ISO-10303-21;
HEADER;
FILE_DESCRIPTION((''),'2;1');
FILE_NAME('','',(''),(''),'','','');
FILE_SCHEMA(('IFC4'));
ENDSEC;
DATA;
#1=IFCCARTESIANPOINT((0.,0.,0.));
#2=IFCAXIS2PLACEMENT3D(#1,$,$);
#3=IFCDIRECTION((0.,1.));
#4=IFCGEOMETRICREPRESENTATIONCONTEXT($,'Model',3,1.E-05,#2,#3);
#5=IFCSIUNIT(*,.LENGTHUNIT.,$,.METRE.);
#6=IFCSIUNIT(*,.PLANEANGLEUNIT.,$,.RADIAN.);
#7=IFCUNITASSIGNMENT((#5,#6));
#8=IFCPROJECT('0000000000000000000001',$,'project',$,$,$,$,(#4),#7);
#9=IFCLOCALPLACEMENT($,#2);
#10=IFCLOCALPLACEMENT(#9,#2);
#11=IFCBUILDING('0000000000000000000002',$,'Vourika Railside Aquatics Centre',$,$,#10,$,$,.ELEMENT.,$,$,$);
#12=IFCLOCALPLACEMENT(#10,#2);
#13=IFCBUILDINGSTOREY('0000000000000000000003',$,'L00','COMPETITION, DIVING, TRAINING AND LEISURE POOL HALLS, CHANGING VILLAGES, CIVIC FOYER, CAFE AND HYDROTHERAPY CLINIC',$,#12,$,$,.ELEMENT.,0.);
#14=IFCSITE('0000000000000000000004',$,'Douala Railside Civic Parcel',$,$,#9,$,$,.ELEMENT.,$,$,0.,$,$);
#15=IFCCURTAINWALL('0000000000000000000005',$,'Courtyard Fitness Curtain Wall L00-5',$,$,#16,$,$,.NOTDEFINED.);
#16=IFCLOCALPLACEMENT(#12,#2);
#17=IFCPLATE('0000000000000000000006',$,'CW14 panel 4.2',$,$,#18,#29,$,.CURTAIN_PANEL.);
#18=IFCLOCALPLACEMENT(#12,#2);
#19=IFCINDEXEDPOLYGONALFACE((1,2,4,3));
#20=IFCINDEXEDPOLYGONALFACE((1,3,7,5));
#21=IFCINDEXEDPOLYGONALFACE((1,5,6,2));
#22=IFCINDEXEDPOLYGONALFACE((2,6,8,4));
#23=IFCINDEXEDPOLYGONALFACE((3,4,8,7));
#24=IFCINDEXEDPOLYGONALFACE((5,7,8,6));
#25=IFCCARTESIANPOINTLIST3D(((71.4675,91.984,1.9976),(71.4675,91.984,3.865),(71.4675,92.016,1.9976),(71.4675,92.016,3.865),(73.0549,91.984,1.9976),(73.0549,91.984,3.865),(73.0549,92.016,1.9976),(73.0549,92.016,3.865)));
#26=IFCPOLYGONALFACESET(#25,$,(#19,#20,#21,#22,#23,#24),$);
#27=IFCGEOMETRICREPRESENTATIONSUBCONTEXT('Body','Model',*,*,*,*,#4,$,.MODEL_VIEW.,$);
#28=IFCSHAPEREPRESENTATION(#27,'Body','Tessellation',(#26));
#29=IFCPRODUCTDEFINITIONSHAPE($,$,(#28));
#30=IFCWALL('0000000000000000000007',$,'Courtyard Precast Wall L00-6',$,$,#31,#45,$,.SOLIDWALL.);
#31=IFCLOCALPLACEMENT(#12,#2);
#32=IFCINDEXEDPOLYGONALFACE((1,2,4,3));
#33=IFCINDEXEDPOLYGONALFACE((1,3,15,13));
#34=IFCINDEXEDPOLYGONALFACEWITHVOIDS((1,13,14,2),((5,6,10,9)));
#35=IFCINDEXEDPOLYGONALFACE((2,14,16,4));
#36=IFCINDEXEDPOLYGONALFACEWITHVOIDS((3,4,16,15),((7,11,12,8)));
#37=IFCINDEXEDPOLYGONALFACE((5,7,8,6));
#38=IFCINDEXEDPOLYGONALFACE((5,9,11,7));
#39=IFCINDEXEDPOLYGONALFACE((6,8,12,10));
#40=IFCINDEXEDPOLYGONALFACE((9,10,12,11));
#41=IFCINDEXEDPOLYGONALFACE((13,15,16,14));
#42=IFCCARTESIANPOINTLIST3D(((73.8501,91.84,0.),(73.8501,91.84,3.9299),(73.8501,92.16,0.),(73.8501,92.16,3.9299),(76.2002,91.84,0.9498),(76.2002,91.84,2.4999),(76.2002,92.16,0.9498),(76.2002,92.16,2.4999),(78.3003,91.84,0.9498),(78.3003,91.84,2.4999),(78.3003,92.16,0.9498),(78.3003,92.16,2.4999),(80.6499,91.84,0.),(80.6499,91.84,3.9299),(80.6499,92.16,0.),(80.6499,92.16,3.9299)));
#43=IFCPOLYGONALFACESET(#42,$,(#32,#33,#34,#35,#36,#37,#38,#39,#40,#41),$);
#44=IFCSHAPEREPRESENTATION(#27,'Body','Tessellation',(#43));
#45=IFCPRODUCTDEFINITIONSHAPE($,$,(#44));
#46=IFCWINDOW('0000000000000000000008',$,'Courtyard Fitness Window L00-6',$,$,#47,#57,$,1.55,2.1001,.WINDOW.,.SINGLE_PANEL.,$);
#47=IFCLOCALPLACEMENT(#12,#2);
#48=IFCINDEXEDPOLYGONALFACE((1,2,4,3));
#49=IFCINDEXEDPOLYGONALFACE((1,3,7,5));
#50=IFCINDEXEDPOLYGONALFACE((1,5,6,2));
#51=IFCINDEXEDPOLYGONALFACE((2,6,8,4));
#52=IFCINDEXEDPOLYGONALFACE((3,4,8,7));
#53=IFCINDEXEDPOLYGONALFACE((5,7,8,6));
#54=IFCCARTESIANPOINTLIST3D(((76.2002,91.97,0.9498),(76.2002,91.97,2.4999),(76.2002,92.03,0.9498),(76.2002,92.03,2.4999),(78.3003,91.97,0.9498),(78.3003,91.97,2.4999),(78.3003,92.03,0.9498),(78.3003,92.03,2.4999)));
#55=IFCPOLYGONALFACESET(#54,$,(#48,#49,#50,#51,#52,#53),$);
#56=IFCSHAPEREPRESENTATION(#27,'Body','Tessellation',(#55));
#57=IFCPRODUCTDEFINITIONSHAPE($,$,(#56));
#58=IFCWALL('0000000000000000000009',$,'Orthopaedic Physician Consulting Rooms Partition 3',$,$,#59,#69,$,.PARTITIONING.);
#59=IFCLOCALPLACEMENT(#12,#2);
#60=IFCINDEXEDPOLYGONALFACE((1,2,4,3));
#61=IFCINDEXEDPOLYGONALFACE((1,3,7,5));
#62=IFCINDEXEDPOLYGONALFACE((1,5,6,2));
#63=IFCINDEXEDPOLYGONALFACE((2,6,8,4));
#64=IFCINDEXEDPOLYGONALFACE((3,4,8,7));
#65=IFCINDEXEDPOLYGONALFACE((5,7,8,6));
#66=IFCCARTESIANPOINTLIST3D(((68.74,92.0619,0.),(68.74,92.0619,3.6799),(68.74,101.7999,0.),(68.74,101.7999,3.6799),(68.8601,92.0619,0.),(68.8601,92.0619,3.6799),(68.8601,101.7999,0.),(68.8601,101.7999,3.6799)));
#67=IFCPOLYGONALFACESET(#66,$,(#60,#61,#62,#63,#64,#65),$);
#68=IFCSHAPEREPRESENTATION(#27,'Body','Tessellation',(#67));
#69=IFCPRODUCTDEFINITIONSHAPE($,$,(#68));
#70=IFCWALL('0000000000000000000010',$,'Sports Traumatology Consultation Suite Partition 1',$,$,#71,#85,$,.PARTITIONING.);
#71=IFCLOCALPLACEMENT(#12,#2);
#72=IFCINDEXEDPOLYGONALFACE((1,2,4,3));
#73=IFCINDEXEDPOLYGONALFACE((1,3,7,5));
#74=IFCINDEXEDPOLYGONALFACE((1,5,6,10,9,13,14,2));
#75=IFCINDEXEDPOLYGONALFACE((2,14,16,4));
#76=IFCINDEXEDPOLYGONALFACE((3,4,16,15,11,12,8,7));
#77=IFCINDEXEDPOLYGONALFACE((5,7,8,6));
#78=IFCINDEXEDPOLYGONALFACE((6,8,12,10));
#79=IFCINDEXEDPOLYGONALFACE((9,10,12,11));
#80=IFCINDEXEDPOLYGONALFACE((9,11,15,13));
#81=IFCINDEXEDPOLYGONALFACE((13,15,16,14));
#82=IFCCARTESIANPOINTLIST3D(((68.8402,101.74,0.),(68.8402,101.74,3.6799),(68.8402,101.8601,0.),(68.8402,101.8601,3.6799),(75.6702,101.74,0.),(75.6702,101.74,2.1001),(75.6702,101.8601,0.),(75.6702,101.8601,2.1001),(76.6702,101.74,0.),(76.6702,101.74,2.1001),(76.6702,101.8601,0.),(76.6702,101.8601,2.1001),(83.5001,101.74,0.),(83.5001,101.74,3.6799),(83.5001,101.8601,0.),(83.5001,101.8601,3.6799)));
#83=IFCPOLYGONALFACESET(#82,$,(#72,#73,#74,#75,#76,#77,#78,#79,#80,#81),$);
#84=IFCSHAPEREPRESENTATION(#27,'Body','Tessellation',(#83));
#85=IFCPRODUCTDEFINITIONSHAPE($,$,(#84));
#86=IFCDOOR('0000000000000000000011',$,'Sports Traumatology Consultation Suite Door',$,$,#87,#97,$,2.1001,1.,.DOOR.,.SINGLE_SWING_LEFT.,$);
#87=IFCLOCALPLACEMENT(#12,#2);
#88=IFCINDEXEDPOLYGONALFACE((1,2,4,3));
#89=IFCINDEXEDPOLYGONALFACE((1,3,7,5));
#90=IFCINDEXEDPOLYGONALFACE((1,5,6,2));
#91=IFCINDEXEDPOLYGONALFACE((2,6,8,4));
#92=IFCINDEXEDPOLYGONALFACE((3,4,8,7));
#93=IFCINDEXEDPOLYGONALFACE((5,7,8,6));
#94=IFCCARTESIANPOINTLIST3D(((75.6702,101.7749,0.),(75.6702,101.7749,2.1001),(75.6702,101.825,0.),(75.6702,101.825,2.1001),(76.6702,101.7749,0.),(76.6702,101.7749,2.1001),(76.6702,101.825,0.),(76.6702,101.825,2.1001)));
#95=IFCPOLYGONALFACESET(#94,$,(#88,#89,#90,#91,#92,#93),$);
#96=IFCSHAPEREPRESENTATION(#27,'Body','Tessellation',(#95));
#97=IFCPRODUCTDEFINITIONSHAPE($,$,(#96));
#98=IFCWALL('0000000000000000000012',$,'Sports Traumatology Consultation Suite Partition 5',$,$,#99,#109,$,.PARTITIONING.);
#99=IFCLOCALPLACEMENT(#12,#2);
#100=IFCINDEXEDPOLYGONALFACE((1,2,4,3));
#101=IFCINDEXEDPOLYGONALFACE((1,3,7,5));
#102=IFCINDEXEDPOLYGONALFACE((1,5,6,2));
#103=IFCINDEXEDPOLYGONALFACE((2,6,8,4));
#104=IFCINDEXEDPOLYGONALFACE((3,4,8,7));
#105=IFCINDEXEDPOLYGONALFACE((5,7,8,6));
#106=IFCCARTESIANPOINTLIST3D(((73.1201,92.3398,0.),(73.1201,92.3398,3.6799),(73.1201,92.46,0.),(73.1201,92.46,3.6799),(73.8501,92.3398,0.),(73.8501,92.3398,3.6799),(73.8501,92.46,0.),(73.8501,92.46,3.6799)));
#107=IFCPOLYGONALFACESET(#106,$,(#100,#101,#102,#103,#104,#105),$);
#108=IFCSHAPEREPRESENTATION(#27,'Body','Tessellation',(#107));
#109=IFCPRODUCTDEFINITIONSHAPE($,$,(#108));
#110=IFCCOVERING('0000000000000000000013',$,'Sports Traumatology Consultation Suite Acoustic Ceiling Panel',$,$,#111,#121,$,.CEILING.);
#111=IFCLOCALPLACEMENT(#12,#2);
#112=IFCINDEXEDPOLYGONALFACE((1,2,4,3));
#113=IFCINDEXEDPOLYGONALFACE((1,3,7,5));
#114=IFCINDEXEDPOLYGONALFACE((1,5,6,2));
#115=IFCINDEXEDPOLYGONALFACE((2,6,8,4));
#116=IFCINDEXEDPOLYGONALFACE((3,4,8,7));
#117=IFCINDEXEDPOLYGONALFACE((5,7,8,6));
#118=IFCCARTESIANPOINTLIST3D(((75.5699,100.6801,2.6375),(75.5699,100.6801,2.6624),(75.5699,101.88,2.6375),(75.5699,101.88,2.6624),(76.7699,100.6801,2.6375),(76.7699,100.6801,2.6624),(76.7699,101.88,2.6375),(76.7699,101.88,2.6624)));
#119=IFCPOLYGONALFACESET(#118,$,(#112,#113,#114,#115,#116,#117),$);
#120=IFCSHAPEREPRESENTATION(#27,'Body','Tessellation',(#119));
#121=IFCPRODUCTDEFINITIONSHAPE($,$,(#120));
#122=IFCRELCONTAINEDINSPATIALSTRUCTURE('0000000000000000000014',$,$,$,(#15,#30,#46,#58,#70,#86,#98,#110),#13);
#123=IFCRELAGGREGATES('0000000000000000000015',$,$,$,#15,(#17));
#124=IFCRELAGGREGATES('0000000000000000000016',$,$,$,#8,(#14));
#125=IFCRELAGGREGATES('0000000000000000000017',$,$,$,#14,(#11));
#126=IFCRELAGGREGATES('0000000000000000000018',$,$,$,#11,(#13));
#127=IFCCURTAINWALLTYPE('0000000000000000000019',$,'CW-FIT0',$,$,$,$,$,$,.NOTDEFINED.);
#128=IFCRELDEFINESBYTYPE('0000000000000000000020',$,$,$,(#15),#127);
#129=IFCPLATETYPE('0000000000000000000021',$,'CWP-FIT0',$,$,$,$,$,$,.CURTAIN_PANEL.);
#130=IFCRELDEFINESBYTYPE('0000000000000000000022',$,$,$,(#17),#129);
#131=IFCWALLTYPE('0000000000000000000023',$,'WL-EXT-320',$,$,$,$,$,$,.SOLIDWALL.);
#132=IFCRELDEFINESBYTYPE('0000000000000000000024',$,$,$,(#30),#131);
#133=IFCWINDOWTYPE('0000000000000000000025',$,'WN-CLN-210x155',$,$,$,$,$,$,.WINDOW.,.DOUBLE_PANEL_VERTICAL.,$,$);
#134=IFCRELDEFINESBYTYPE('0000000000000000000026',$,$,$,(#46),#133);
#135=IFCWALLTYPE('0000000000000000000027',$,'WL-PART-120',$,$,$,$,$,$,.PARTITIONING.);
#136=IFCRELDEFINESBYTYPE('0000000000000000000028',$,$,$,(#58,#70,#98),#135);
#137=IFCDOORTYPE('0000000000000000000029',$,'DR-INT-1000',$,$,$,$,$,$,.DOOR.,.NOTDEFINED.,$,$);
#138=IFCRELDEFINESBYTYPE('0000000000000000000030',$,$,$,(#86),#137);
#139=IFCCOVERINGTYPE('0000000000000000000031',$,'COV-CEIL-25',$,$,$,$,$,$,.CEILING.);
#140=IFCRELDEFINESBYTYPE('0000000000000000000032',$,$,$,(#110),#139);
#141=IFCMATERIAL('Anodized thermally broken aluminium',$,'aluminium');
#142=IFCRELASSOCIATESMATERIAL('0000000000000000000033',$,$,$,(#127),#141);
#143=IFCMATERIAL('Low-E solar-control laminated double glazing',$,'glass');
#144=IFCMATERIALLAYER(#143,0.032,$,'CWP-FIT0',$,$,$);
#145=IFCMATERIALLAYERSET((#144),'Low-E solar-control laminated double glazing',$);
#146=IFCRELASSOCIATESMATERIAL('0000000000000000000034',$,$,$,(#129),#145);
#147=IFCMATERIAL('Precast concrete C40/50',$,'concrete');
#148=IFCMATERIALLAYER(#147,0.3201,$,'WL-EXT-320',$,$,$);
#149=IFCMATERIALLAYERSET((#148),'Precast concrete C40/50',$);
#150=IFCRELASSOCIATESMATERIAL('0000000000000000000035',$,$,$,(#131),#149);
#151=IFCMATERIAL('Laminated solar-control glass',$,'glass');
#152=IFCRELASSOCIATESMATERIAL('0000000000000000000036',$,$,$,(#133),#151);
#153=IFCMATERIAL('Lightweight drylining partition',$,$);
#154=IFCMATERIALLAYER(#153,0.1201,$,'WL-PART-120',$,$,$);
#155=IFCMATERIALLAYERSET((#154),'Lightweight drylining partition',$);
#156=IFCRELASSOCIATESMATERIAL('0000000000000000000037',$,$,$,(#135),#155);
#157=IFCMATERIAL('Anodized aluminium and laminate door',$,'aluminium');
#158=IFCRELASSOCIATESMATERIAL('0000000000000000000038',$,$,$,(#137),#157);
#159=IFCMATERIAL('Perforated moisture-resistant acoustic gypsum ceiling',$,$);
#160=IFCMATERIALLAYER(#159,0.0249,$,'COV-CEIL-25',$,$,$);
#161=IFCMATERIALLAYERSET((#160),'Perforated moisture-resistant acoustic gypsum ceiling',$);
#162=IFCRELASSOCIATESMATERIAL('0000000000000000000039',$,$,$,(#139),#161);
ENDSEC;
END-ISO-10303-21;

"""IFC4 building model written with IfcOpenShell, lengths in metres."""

from ifc_helpers import new_model, si_unit, direction, frame, frame_2d, origin, origin_2d, place, context, subcontext, project, spatial, rectangle, extrude, material, layer, layer_set, type_object, element, fill, aggregate, save


model = new_model("IFC4")

# Units and contexts
model_context = context("Model", 3, precision=1e-05, world=origin(), true_north=direction((0.0, 1.0)))
body_context = subcontext(model_context, "Body", "Model", "MODEL_VIEW")
ifc_project = project(units=[si_unit("LENGTHUNIT", "METRE"), si_unit("PLANEANGLEUNIT", "RADIAN")], contexts=[model_context])

# Site, building, storey
site_placement = place(None, origin())
site = spatial("IfcSite", under=ifc_project, at=site_placement, Name="Douala Railside Civic Parcel", CompositionType="ELEMENT", RefElevation=0.0)
building_placement = place(site_placement, origin())
building = spatial("IfcBuilding", under=site, at=building_placement, Name="Vourika Railside Aquatics Centre", CompositionType="ELEMENT")
storey_placement = place(building_placement, origin())
storey = spatial("IfcBuildingStorey", under=building, at=storey_placement, Name="L00", Description="COMPETITION, DIVING, TRAINING AND LEISURE POOL HALLS, CHANGING VILLAGES, CIVIC FOYER, CAFE AND HYDROTHERAPY CLINIC", CompositionType="ELEMENT", Elevation=0.0)

# Curtain wall, plate
ifc_material_1 = material(Name="Anodized thermally broken aluminium", Category="aluminium")
curtain_wall_type = type_object("IfcCurtainWallType", Name="CW-FIT0", PredefinedType="NOTDEFINED", material=ifc_material_1)
curtain_wall_placement = place(storey_placement, origin())
curtain_wall = element("IfcCurtainWall", 1, at=curtain_wall_placement, inside=storey, type_object=curtain_wall_type, Name="Courtyard Fitness Curtain Wall L00-5", PredefinedType="NOTDEFINED")
ifc_material_2 = material(Name="Low-E solar-control laminated double glazing", Category="glass")
ifc_layer_1 = layer(ifc_material_2, 0.032, Name="CWP-FIT0")
ifc_layer_set_1 = layer_set([ifc_layer_1], Name="Low-E solar-control laminated double glazing")
plate_type = type_object("IfcPlateType", Name="CWP-FIT0", PredefinedType="CURTAIN_PANEL", material=ifc_layer_set_1)
plate_1_placement = place(storey_placement, frame((72.2612, 92.0, 1.9976), z_axis=(0.0, 0.0, 1.0), x_axis=(1.0, 0.0, 0.0)))
plate_1 = element("IfcPlate", 2, at=plate_1_placement, type_object=plate_type, Name="CW14 panel 4.2", PredefinedType="CURTAIN_PANEL", context=body_context, shape_type="SweptSolid", body=[
    extrude(rectangle(XDim=1.5874, YDim=0.032, at=origin_2d()), origin(), (0.0, 0.0, 1.0), 1.8674),
])
aggregate(curtain_wall, [plate_1])

# Wall, opening, window
ifc_material_3 = material(Name="Precast concrete C40/50", Category="concrete")
ifc_layer_2 = layer(ifc_material_3, 0.3201, Name="WL-EXT-320")
ifc_layer_set_2 = layer_set([ifc_layer_2], Name="Precast concrete C40/50")
wall_type_1 = type_object("IfcWallType", Name="WL-EXT-320", PredefinedType="SOLIDWALL", material=ifc_layer_set_2)
wall_1_placement = place(storey_placement, frame((73.8501, 92.0, 0.0), z_axis=(0.0, 0.0, 1.0), x_axis=(1.0, 0.0, 0.0)))
wall_1 = element("IfcWall", 3, at=wall_1_placement, inside=storey, type_object=wall_type_1, Name="Courtyard Precast Wall L00-6", PredefinedType="SOLIDWALL", context=body_context, shape_type="SweptSolid", body=[
    extrude(rectangle(XDim=6.7998, YDim=0.3201, at=frame_2d((3.3999, 0.0))), origin(), (0.0, 0.0, 1.0), 3.9299),
])
opening_1_placement = place(wall_1_placement, frame((2.3501, 0.0, 0.95)))
opening_1 = element("IfcOpeningElement", 4, at=opening_1_placement, cuts=wall_1, PredefinedType="OPENING", context=body_context, shape_type="SweptSolid", body=[
    extrude(rectangle(XDim=2.1001, YDim=1.55, at=frame_2d((1.05, 0.7749))), frame((0.0, 0.1699, 0.0), z_axis=(0.0, -1.0, 0.0), x_axis=(1.0, 0.0, 0.0)), (0.0, 0.0, 1.0), 0.3401),
])
ifc_material_4 = material(Name="Laminated solar-control glass", Category="glass")
window_type = type_object("IfcWindowType", Name="WN-CLN-210x155", PartitioningType="DOUBLE_PANEL_VERTICAL", PredefinedType="WINDOW", material=ifc_material_4)
window_placement = place(opening_1_placement, origin())
window = element("IfcWindow", 5, at=window_placement, inside=storey, type_object=window_type, Name="Courtyard Fitness Window L00-6", OverallHeight=1.55, OverallWidth=2.1001, PartitioningType="SINGLE_PANEL", PredefinedType="WINDOW", context=body_context, shape_type="SweptSolid", body=[
    extrude(rectangle(XDim=2.1001, YDim=1.55, at=frame_2d((1.05, 0.7749))), frame((0.0, 0.03, 0.0), z_axis=(0.0, -1.0, 0.0), x_axis=(1.0, 0.0, 0.0)), (0.0, 0.0, 1.0), 0.0601),
])
fill(opening_1, window)

# Wall
ifc_material_5 = material(Name="Lightweight drylining partition")
ifc_layer_3 = layer(ifc_material_5, 0.1201, Name="WL-PART-120")
ifc_layer_set_3 = layer_set([ifc_layer_3], Name="Lightweight drylining partition")
wall_type_2 = type_object("IfcWallType", Name="WL-PART-120", PredefinedType="PARTITIONING", material=ifc_layer_set_3)
wall_2_placement = place(storey_placement, frame((68.8, 101.8, 0.0), z_axis=(0.0, 0.0, 1.0), x_axis=(0.0, -1.0, 0.0)))
element("IfcWall", 6, at=wall_2_placement, inside=storey, type_object=wall_type_2, Name="Orthopaedic Physician Consulting Rooms Partition 3", PredefinedType="PARTITIONING", context=body_context, shape_type="SweptSolid", body=[
    extrude(rectangle(XDim=9.738, YDim=0.1201, at=frame_2d((4.8691, 0.0))), origin(), (0.0, 0.0, 1.0), 3.6799),
])

# Wall, opening, door
wall_3_placement = place(storey_placement, frame((68.8401, 101.8, 0.0), z_axis=(0.0, 0.0, 1.0), x_axis=(1.0, 0.0, 0.0)))
wall_3 = element("IfcWall", 7, at=wall_3_placement, inside=storey, type_object=wall_type_2, Name="Sports Traumatology Consultation Suite Partition 1", PredefinedType="PARTITIONING", context=body_context, shape_type="SweptSolid", body=[
    extrude(rectangle(XDim=14.6599, YDim=0.1201, at=frame_2d((7.3301, 0.0))), origin(), (0.0, 0.0, 1.0), 3.6799),
])
opening_2_placement = place(wall_3_placement, frame((6.8301, 0.0, 0.0)))
opening_2 = element("IfcOpeningElement", 8, at=opening_2_placement, cuts=wall_3, PredefinedType="OPENING", context=body_context, shape_type="SweptSolid", body=[
    extrude(rectangle(XDim=1.0, YDim=2.1001, at=frame_2d((0.5, 1.05))), frame((0.0, 0.0701, 0.0), z_axis=(0.0, -1.0, 0.0), x_axis=(1.0, 0.0, 0.0)), (0.0, 0.0, 1.0), 0.1401),
])
ifc_material_6 = material(Name="Anodized aluminium and laminate door", Category="aluminium")
door_type = type_object("IfcDoorType", Name="DR-INT-1000", OperationType="NOTDEFINED", PredefinedType="DOOR", material=ifc_material_6)
door_placement = place(opening_2_placement, origin())
door = element("IfcDoor", 9, at=door_placement, inside=storey, type_object=door_type, Name="Sports Traumatology Consultation Suite Door", OperationType="SINGLE_SWING_LEFT", OverallHeight=2.1001, OverallWidth=1.0, PredefinedType="DOOR", context=body_context, shape_type="SweptSolid", body=[
    extrude(rectangle(XDim=1.0, YDim=2.1001, at=frame_2d((0.5, 1.05))), frame((0.0, 0.0249, 0.0), z_axis=(0.0, -1.0, 0.0), x_axis=(1.0, 0.0, 0.0)), (0.0, 0.0, 1.0), 0.05),
])
fill(opening_2, door)

# Wall
wall_4_placement = place(storey_placement, frame((73.8501, 92.3999, 0.0), z_axis=(0.0, 0.0, 1.0), x_axis=(-1.0, 0.0, 0.0)))
element("IfcWall", 10, at=wall_4_placement, inside=storey, type_object=wall_type_2, Name="Sports Traumatology Consultation Suite Partition 5", PredefinedType="PARTITIONING", context=body_context, shape_type="SweptSolid", body=[
    extrude(rectangle(XDim=0.73, YDim=0.1201, at=frame_2d((0.365, 0.0))), origin(), (0.0, 0.0, 1.0), 3.6799),
])

# Covering
ifc_material_7 = material(Name="Perforated moisture-resistant acoustic gypsum ceiling")
ifc_layer_4 = layer(ifc_material_7, 0.0249, Name="COV-CEIL-25")
ifc_layer_set_4 = layer_set([ifc_layer_4], Name="Perforated moisture-resistant acoustic gypsum ceiling")
covering_type = type_object("IfcCoveringType", Name="COV-CEIL-25", PredefinedType="CEILING", material=ifc_layer_set_4)
covering_placement = place(storey_placement, frame((76.1699, 101.28, 2.6375), z_axis=(0.0, 0.0, 1.0), x_axis=(1.0, 0.0, 0.0)))
element("IfcCovering", 11, at=covering_placement, inside=storey, type_object=covering_type, Name="Sports Traumatology Consultation Suite Acoustic Ceiling Panel", PredefinedType="CEILING", context=body_context, shape_type="SweptSolid", body=[
    extrude(rectangle(XDim=1.2, YDim=1.2, at=origin_2d()), origin(), (0.0, 0.0, 1.0), 0.0249),
])

save(model, "model.ifc")
